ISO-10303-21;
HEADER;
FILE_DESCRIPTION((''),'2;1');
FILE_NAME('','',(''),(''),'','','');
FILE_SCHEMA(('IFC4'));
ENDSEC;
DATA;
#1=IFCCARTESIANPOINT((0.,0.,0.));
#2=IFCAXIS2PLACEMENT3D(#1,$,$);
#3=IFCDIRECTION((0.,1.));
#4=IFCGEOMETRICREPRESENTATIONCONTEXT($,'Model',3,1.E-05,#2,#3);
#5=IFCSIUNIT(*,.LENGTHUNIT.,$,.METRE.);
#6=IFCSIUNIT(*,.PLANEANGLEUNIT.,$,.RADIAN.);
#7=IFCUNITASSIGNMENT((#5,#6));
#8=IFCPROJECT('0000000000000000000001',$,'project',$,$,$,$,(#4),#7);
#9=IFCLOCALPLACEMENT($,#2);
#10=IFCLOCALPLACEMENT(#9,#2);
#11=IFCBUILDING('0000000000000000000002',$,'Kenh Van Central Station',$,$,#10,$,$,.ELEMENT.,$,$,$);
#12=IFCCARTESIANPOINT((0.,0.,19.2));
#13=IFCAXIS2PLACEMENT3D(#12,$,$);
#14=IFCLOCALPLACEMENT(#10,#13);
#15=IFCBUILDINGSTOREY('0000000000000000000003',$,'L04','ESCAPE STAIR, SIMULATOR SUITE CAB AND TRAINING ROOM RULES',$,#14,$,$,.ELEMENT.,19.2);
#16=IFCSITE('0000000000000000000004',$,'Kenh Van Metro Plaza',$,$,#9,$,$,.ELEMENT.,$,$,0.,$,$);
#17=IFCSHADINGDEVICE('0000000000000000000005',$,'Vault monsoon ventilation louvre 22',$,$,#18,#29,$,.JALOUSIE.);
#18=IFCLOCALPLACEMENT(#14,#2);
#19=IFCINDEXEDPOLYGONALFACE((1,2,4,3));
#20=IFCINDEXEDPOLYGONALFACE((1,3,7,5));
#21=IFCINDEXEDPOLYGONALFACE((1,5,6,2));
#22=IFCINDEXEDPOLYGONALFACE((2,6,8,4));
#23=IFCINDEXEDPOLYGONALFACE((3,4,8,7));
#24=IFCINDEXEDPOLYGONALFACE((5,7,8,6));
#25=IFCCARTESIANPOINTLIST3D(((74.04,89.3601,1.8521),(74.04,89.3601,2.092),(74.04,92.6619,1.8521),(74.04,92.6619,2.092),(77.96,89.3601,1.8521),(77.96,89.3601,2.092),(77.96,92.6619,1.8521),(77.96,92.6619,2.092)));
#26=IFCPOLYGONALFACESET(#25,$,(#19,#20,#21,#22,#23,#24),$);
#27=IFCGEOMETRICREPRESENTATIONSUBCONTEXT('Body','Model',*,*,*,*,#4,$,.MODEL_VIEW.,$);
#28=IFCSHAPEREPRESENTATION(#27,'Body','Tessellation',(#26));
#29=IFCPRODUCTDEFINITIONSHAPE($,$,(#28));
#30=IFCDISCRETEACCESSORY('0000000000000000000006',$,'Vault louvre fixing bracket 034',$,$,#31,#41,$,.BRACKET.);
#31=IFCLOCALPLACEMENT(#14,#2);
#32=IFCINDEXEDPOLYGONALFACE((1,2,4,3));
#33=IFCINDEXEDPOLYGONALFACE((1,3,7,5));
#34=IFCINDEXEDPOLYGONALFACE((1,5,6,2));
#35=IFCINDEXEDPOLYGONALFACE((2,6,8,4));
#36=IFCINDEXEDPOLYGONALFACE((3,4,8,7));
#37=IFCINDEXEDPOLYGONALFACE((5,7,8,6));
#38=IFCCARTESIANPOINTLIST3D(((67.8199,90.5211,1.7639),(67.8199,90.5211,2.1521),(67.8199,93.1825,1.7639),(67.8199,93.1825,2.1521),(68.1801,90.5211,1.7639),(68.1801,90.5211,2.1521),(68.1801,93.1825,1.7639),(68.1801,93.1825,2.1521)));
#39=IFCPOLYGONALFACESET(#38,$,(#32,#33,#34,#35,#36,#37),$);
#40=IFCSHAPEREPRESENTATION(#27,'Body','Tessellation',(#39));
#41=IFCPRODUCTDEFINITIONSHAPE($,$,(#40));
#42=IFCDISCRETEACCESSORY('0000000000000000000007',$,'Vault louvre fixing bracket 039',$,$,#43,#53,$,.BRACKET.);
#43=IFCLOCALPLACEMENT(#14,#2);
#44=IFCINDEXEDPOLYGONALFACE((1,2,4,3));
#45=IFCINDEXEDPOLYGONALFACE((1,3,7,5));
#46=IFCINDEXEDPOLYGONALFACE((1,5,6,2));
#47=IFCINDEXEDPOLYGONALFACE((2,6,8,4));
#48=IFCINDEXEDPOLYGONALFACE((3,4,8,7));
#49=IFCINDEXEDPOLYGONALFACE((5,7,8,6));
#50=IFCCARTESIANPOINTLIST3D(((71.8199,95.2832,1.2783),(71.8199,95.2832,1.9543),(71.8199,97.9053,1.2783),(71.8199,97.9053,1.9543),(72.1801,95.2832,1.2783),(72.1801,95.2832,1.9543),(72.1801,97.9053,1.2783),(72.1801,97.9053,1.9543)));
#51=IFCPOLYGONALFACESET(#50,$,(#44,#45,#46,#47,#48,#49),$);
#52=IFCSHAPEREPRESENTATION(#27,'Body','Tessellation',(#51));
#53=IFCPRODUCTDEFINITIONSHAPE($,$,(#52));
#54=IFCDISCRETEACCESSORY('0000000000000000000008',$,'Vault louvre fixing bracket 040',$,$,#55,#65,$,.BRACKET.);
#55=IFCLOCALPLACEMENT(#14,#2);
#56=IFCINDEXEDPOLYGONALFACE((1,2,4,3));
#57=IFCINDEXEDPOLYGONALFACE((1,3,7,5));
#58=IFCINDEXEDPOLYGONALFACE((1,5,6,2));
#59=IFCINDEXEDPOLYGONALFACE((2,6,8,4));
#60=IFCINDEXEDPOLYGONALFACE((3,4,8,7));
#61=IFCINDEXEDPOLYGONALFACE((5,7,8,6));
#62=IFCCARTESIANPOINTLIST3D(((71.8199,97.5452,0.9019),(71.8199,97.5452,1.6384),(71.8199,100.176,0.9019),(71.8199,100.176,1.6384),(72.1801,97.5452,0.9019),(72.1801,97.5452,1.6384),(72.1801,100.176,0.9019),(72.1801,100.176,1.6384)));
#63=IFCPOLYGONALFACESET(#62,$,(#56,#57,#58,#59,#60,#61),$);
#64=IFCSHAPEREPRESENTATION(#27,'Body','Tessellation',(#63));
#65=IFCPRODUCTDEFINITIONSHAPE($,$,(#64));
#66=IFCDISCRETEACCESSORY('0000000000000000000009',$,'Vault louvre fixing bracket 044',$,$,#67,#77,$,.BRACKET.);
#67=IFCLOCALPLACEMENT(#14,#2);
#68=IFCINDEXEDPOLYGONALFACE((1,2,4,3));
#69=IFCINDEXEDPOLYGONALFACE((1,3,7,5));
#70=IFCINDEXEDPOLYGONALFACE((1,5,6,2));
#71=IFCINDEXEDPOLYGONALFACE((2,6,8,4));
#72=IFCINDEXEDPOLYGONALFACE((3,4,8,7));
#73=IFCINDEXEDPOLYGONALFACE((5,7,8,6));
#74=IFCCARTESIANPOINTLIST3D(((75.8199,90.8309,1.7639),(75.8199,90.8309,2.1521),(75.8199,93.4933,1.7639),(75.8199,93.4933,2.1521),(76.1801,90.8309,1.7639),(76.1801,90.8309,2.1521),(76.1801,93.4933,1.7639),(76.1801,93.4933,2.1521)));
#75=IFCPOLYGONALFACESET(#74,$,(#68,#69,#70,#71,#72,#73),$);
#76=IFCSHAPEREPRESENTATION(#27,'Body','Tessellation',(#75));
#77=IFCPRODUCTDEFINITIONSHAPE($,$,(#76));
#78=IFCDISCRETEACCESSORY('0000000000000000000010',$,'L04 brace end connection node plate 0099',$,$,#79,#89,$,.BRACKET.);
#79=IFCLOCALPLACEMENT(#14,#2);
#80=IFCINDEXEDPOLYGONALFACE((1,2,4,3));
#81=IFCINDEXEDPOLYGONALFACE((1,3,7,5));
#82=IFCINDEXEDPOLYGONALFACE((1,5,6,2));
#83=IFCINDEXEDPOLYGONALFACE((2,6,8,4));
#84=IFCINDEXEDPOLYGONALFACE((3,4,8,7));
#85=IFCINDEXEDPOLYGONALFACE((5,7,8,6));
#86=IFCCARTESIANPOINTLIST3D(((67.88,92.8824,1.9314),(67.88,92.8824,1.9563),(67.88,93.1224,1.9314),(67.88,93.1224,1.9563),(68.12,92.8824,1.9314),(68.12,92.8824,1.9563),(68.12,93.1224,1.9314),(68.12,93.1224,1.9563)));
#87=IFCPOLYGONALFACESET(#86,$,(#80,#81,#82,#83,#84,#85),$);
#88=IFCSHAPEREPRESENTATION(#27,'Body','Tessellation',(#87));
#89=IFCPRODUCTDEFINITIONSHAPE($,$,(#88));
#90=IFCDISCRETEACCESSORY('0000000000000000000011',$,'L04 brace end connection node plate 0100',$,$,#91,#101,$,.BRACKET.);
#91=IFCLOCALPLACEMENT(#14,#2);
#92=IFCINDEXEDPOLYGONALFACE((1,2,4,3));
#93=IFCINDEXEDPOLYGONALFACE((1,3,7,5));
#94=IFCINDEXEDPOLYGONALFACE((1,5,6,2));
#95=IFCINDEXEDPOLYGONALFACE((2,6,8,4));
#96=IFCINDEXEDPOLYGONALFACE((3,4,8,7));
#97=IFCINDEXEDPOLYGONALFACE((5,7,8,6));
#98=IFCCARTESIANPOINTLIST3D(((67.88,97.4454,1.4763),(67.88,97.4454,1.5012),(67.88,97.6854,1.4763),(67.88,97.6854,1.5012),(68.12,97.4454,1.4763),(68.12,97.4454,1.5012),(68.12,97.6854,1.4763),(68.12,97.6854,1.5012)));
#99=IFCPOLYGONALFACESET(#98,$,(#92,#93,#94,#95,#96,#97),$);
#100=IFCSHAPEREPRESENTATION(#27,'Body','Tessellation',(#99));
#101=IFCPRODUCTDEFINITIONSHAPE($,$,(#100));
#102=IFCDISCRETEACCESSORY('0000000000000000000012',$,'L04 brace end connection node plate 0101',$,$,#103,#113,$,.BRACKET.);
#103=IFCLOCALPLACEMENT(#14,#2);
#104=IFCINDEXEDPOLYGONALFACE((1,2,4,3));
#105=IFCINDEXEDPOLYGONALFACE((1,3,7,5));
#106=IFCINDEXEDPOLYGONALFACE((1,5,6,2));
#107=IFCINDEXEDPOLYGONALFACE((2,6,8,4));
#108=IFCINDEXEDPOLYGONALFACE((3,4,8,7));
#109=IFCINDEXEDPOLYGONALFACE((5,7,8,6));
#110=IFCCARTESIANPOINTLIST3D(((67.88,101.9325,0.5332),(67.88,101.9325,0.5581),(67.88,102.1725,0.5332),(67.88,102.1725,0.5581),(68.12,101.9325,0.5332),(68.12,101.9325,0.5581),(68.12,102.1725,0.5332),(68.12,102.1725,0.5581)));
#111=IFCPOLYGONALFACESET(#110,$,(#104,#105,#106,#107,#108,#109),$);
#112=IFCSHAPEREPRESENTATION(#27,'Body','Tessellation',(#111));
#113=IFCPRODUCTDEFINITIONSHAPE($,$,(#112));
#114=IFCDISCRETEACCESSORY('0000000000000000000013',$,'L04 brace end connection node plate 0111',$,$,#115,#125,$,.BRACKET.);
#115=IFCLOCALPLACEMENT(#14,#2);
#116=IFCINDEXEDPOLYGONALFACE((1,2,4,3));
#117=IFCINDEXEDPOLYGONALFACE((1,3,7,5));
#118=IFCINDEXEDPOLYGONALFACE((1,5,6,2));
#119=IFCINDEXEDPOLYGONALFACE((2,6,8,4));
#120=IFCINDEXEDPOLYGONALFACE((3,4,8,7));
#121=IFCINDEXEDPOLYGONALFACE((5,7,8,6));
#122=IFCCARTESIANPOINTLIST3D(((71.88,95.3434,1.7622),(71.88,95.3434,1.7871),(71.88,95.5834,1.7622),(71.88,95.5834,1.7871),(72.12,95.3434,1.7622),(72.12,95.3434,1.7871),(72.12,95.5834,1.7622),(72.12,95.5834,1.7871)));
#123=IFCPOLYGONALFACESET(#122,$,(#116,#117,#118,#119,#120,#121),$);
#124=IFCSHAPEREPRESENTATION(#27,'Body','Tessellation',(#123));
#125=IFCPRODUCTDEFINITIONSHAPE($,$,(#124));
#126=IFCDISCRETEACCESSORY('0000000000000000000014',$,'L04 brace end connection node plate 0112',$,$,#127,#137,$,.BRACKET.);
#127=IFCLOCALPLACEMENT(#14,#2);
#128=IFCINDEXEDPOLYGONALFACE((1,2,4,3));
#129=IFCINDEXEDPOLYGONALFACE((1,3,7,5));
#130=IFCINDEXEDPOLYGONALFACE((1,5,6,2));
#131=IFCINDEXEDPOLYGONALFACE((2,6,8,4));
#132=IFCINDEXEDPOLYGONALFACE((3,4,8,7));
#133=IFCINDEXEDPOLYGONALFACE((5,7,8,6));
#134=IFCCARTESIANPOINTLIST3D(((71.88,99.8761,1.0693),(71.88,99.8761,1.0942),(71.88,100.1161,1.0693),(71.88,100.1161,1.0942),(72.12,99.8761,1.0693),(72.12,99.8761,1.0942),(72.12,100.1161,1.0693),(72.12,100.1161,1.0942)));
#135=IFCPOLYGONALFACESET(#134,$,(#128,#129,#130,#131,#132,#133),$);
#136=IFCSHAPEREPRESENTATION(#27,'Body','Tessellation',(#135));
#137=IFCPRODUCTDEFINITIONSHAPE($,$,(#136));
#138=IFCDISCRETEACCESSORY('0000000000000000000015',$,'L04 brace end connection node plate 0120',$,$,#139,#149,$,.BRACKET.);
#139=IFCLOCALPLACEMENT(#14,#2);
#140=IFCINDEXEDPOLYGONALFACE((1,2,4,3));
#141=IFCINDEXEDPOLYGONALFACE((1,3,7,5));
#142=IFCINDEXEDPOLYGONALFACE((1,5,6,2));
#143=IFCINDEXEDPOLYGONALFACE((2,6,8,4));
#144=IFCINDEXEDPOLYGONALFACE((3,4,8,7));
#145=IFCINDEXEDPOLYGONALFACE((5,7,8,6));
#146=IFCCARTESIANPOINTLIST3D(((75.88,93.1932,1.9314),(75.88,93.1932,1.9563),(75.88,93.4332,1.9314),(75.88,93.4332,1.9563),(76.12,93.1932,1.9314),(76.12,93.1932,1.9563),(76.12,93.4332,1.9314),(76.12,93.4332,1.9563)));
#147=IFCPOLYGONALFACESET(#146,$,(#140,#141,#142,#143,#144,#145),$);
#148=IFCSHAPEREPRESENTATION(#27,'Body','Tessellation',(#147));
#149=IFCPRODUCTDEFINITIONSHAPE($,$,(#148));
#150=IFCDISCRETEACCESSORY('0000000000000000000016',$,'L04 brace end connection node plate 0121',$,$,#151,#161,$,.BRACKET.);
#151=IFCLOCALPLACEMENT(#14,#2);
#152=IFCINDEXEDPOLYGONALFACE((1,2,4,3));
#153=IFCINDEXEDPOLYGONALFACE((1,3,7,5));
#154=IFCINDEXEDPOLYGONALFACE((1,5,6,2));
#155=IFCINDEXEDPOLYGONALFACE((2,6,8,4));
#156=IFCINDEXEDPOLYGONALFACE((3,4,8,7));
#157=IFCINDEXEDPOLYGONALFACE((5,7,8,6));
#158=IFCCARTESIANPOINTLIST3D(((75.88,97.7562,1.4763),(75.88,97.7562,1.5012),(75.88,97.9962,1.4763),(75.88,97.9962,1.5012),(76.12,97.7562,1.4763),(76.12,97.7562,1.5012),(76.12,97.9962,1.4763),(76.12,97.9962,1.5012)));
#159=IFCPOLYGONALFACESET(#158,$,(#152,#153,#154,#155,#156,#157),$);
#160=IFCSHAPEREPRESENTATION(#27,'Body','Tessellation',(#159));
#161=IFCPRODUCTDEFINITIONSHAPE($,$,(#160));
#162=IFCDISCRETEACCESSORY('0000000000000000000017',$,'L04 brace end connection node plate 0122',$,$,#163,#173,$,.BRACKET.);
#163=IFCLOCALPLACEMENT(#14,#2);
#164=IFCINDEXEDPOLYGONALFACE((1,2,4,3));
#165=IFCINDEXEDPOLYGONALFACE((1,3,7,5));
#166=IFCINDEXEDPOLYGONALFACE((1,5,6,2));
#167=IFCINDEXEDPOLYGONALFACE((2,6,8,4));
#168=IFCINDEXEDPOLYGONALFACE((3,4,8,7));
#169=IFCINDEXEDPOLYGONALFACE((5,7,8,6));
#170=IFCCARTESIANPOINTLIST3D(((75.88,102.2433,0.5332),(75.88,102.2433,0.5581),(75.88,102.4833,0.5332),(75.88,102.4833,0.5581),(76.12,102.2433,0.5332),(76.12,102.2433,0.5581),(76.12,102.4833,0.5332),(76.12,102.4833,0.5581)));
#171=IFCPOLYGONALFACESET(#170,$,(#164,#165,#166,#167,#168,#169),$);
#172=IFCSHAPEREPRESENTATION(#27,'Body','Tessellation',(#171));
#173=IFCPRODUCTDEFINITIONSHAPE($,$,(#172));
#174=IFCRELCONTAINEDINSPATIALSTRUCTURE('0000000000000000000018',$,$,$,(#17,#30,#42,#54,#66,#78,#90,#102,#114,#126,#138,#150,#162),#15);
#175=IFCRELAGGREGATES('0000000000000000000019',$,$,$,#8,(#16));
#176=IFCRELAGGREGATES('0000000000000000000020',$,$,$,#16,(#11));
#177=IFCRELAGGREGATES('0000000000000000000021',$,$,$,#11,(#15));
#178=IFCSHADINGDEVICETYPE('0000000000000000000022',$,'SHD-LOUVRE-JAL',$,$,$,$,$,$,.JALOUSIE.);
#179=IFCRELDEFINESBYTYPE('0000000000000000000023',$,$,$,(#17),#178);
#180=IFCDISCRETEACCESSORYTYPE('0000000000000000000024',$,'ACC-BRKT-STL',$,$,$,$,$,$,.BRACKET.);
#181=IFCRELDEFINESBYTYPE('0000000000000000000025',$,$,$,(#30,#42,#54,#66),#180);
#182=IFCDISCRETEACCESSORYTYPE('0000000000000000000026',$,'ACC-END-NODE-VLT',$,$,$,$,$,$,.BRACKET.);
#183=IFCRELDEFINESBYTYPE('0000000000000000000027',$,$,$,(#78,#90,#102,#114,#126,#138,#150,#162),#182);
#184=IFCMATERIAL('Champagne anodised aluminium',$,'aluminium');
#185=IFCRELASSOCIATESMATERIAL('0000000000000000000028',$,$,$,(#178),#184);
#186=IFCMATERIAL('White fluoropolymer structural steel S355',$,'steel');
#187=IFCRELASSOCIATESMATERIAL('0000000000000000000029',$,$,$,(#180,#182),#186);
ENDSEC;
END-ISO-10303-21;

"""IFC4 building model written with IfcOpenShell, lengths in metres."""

from ifc_helpers import new_model, si_unit, direction, frame, origin, origin_2d, place, context, subcontext, project, spatial, rectangle, extrude, material, type_object, element, save


model = new_model("IFC4")

# Units and contexts
model_context = context("Model", 3, precision=1e-05, world=origin(), true_north=direction((0.0, 1.0)))
body_context = subcontext(model_context, "Body", "Model", "MODEL_VIEW")
ifc_project = project(units=[si_unit("LENGTHUNIT", "METRE"), si_unit("PLANEANGLEUNIT", "RADIAN")], contexts=[model_context])

# Site, building, storey
site_placement = place(None, origin())
site = spatial("IfcSite", under=ifc_project, at=site_placement, Name="Kenh Van Metro Plaza", CompositionType="ELEMENT", RefElevation=0.0)
building_placement = place(site_placement, origin())
building = spatial("IfcBuilding", under=site, at=building_placement, Name="Kenh Van Central Station", CompositionType="ELEMENT")
storey_placement = place(building_placement, frame((0.0, 0.0, 19.2)))
storey = spatial("IfcBuildingStorey", under=building, at=storey_placement, Name="L04", Description="ESCAPE STAIR, SIMULATOR SUITE CAB AND TRAINING ROOM RULES", CompositionType="ELEMENT", Elevation=19.2)

# Shared definitions
ifc_material_1 = material(Name="White fluoropolymer structural steel S355", Category="steel")

# Shading device
ifc_material_2 = material(Name="Champagne anodised aluminium", Category="aluminium")
shading_device_type = type_object("IfcShadingDeviceType", Name="SHD-LOUVRE-JAL", PredefinedType="JALOUSIE", material=ifc_material_2)
shading_device_1_placement = place(storey_placement, frame((76.0, 91.011, 1.8521), z_axis=(0.0, 0.0, 1.0), x_axis=(1.0, 0.0, 0.0)))
element("IfcShadingDevice", 1, at=shading_device_1_placement, inside=storey, type_object=shading_device_type, Name="Vault monsoon ventilation louvre 22", PredefinedType="JALOUSIE", context=body_context, shape_type="SweptSolid", body=[
    extrude(rectangle(XDim=3.9199, YDim=3.3018, at=origin_2d()), origin(), (0.0, 0.0, 1.0), 0.24),
])

# Discrete accessories
discrete_accessory_type_1 = type_object("IfcDiscreteAccessoryType", Name="ACC-BRKT-STL", PredefinedType="BRACKET", material=ifc_material_1)
discrete_accessory_1_placement = place(storey_placement, frame((68.0, 91.8518, 1.7639), z_axis=(0.0, 0.0, 1.0), x_axis=(1.0, 0.0, 0.0)))
element("IfcDiscreteAccessory", 2, at=discrete_accessory_1_placement, inside=storey, type_object=discrete_accessory_type_1, Name="Vault louvre fixing bracket 034", PredefinedType="BRACKET", context=body_context, shape_type="SweptSolid", body=[
    extrude(rectangle(XDim=0.3601, YDim=2.6614, at=origin_2d()), origin(), (0.0, 0.0, 1.0), 0.3882),
])
discrete_accessory_2_placement = place(storey_placement, frame((72.0, 96.5942, 1.2783), z_axis=(0.0, 0.0, 1.0), x_axis=(1.0, 0.0, 0.0)))
element("IfcDiscreteAccessory", 3, at=discrete_accessory_2_placement, inside=storey, type_object=discrete_accessory_type_1, Name="Vault louvre fixing bracket 039", PredefinedType="BRACKET", context=body_context, shape_type="SweptSolid", body=[
    extrude(rectangle(XDim=0.3601, YDim=2.6221, at=origin_2d()), origin(), (0.0, 0.0, 1.0), 0.676),
])
discrete_accessory_3_placement = place(storey_placement, frame((72.0, 98.8606, 0.9019), z_axis=(0.0, 0.0, 1.0), x_axis=(1.0, 0.0, 0.0)))
element("IfcDiscreteAccessory", 4, at=discrete_accessory_3_placement, inside=storey, type_object=discrete_accessory_type_1, Name="Vault louvre fixing bracket 040", PredefinedType="BRACKET", context=body_context, shape_type="SweptSolid", body=[
    extrude(rectangle(XDim=0.3601, YDim=2.6309, at=origin_2d()), origin(), (0.0, 0.0, 1.0), 0.7366),
])
discrete_accessory_4_placement = place(storey_placement, frame((76.0, 92.1621, 1.7639), z_axis=(0.0, 0.0, 1.0), x_axis=(1.0, 0.0, 0.0)))
element("IfcDiscreteAccessory", 5, at=discrete_accessory_4_placement, inside=storey, type_object=discrete_accessory_type_1, Name="Vault louvre fixing bracket 044", PredefinedType="BRACKET", context=body_context, shape_type="SweptSolid", body=[
    extrude(rectangle(XDim=0.3601, YDim=2.6624, at=origin_2d()), origin(), (0.0, 0.0, 1.0), 0.3882),
])
discrete_accessory_type_2 = type_object("IfcDiscreteAccessoryType", Name="ACC-END-NODE-VLT", PredefinedType="BRACKET", material=ifc_material_1)
for number, where, z_axis, x_axis, name in (
    (6, (68.0, 93.0024, 1.9314), (0.0, 0.0, 1.0), (1.0, 0.0, 0.0), "L04 brace end connection node plate 0099"),
    (7, (68.0, 97.5654, 1.4763), (0.0, 0.0, 1.0), (1.0, 0.0, 0.0), "L04 brace end connection node plate 0100"),
    (8, (68.0, 102.0525, 0.5332), (0.0, 0.0, 1.0), (1.0, 0.0, 0.0), "L04 brace end connection node plate 0101"),
    (9, (72.0, 95.4634, 1.7622), (0.0, 0.0, 1.0), (1.0, 0.0, 0.0), "L04 brace end connection node plate 0111"),
    (10, (72.0, 99.9961, 1.0693), (0.0, 0.0, 1.0), (1.0, 0.0, 0.0), "L04 brace end connection node plate 0112"),
    (11, (76.0, 93.3132, 1.9314), (0.0, 0.0, 1.0), (1.0, 0.0, 0.0), "L04 brace end connection node plate 0120"),
    (12, (76.0, 97.8762, 1.4763), (0.0, 0.0, 1.0), (1.0, 0.0, 0.0), "L04 brace end connection node plate 0121"),
    (13, (76.0, 102.3633, 0.5332), (0.0, 0.0, 1.0), (1.0, 0.0, 0.0), "L04 brace end connection node plate 0122"),
):
    element("IfcDiscreteAccessory", number, at=place(storey_placement, frame(where, z_axis=z_axis, x_axis=x_axis)), inside=storey, type_object=discrete_accessory_type_2, Name=name, PredefinedType="BRACKET", context=body_context, shape_type="SweptSolid", body=[
        extrude(rectangle(XDim=0.24, YDim=0.24, at=origin_2d()), origin(), (0.0, 0.0, 1.0), 0.0249),
    ])

save(model, "model.ifc")
